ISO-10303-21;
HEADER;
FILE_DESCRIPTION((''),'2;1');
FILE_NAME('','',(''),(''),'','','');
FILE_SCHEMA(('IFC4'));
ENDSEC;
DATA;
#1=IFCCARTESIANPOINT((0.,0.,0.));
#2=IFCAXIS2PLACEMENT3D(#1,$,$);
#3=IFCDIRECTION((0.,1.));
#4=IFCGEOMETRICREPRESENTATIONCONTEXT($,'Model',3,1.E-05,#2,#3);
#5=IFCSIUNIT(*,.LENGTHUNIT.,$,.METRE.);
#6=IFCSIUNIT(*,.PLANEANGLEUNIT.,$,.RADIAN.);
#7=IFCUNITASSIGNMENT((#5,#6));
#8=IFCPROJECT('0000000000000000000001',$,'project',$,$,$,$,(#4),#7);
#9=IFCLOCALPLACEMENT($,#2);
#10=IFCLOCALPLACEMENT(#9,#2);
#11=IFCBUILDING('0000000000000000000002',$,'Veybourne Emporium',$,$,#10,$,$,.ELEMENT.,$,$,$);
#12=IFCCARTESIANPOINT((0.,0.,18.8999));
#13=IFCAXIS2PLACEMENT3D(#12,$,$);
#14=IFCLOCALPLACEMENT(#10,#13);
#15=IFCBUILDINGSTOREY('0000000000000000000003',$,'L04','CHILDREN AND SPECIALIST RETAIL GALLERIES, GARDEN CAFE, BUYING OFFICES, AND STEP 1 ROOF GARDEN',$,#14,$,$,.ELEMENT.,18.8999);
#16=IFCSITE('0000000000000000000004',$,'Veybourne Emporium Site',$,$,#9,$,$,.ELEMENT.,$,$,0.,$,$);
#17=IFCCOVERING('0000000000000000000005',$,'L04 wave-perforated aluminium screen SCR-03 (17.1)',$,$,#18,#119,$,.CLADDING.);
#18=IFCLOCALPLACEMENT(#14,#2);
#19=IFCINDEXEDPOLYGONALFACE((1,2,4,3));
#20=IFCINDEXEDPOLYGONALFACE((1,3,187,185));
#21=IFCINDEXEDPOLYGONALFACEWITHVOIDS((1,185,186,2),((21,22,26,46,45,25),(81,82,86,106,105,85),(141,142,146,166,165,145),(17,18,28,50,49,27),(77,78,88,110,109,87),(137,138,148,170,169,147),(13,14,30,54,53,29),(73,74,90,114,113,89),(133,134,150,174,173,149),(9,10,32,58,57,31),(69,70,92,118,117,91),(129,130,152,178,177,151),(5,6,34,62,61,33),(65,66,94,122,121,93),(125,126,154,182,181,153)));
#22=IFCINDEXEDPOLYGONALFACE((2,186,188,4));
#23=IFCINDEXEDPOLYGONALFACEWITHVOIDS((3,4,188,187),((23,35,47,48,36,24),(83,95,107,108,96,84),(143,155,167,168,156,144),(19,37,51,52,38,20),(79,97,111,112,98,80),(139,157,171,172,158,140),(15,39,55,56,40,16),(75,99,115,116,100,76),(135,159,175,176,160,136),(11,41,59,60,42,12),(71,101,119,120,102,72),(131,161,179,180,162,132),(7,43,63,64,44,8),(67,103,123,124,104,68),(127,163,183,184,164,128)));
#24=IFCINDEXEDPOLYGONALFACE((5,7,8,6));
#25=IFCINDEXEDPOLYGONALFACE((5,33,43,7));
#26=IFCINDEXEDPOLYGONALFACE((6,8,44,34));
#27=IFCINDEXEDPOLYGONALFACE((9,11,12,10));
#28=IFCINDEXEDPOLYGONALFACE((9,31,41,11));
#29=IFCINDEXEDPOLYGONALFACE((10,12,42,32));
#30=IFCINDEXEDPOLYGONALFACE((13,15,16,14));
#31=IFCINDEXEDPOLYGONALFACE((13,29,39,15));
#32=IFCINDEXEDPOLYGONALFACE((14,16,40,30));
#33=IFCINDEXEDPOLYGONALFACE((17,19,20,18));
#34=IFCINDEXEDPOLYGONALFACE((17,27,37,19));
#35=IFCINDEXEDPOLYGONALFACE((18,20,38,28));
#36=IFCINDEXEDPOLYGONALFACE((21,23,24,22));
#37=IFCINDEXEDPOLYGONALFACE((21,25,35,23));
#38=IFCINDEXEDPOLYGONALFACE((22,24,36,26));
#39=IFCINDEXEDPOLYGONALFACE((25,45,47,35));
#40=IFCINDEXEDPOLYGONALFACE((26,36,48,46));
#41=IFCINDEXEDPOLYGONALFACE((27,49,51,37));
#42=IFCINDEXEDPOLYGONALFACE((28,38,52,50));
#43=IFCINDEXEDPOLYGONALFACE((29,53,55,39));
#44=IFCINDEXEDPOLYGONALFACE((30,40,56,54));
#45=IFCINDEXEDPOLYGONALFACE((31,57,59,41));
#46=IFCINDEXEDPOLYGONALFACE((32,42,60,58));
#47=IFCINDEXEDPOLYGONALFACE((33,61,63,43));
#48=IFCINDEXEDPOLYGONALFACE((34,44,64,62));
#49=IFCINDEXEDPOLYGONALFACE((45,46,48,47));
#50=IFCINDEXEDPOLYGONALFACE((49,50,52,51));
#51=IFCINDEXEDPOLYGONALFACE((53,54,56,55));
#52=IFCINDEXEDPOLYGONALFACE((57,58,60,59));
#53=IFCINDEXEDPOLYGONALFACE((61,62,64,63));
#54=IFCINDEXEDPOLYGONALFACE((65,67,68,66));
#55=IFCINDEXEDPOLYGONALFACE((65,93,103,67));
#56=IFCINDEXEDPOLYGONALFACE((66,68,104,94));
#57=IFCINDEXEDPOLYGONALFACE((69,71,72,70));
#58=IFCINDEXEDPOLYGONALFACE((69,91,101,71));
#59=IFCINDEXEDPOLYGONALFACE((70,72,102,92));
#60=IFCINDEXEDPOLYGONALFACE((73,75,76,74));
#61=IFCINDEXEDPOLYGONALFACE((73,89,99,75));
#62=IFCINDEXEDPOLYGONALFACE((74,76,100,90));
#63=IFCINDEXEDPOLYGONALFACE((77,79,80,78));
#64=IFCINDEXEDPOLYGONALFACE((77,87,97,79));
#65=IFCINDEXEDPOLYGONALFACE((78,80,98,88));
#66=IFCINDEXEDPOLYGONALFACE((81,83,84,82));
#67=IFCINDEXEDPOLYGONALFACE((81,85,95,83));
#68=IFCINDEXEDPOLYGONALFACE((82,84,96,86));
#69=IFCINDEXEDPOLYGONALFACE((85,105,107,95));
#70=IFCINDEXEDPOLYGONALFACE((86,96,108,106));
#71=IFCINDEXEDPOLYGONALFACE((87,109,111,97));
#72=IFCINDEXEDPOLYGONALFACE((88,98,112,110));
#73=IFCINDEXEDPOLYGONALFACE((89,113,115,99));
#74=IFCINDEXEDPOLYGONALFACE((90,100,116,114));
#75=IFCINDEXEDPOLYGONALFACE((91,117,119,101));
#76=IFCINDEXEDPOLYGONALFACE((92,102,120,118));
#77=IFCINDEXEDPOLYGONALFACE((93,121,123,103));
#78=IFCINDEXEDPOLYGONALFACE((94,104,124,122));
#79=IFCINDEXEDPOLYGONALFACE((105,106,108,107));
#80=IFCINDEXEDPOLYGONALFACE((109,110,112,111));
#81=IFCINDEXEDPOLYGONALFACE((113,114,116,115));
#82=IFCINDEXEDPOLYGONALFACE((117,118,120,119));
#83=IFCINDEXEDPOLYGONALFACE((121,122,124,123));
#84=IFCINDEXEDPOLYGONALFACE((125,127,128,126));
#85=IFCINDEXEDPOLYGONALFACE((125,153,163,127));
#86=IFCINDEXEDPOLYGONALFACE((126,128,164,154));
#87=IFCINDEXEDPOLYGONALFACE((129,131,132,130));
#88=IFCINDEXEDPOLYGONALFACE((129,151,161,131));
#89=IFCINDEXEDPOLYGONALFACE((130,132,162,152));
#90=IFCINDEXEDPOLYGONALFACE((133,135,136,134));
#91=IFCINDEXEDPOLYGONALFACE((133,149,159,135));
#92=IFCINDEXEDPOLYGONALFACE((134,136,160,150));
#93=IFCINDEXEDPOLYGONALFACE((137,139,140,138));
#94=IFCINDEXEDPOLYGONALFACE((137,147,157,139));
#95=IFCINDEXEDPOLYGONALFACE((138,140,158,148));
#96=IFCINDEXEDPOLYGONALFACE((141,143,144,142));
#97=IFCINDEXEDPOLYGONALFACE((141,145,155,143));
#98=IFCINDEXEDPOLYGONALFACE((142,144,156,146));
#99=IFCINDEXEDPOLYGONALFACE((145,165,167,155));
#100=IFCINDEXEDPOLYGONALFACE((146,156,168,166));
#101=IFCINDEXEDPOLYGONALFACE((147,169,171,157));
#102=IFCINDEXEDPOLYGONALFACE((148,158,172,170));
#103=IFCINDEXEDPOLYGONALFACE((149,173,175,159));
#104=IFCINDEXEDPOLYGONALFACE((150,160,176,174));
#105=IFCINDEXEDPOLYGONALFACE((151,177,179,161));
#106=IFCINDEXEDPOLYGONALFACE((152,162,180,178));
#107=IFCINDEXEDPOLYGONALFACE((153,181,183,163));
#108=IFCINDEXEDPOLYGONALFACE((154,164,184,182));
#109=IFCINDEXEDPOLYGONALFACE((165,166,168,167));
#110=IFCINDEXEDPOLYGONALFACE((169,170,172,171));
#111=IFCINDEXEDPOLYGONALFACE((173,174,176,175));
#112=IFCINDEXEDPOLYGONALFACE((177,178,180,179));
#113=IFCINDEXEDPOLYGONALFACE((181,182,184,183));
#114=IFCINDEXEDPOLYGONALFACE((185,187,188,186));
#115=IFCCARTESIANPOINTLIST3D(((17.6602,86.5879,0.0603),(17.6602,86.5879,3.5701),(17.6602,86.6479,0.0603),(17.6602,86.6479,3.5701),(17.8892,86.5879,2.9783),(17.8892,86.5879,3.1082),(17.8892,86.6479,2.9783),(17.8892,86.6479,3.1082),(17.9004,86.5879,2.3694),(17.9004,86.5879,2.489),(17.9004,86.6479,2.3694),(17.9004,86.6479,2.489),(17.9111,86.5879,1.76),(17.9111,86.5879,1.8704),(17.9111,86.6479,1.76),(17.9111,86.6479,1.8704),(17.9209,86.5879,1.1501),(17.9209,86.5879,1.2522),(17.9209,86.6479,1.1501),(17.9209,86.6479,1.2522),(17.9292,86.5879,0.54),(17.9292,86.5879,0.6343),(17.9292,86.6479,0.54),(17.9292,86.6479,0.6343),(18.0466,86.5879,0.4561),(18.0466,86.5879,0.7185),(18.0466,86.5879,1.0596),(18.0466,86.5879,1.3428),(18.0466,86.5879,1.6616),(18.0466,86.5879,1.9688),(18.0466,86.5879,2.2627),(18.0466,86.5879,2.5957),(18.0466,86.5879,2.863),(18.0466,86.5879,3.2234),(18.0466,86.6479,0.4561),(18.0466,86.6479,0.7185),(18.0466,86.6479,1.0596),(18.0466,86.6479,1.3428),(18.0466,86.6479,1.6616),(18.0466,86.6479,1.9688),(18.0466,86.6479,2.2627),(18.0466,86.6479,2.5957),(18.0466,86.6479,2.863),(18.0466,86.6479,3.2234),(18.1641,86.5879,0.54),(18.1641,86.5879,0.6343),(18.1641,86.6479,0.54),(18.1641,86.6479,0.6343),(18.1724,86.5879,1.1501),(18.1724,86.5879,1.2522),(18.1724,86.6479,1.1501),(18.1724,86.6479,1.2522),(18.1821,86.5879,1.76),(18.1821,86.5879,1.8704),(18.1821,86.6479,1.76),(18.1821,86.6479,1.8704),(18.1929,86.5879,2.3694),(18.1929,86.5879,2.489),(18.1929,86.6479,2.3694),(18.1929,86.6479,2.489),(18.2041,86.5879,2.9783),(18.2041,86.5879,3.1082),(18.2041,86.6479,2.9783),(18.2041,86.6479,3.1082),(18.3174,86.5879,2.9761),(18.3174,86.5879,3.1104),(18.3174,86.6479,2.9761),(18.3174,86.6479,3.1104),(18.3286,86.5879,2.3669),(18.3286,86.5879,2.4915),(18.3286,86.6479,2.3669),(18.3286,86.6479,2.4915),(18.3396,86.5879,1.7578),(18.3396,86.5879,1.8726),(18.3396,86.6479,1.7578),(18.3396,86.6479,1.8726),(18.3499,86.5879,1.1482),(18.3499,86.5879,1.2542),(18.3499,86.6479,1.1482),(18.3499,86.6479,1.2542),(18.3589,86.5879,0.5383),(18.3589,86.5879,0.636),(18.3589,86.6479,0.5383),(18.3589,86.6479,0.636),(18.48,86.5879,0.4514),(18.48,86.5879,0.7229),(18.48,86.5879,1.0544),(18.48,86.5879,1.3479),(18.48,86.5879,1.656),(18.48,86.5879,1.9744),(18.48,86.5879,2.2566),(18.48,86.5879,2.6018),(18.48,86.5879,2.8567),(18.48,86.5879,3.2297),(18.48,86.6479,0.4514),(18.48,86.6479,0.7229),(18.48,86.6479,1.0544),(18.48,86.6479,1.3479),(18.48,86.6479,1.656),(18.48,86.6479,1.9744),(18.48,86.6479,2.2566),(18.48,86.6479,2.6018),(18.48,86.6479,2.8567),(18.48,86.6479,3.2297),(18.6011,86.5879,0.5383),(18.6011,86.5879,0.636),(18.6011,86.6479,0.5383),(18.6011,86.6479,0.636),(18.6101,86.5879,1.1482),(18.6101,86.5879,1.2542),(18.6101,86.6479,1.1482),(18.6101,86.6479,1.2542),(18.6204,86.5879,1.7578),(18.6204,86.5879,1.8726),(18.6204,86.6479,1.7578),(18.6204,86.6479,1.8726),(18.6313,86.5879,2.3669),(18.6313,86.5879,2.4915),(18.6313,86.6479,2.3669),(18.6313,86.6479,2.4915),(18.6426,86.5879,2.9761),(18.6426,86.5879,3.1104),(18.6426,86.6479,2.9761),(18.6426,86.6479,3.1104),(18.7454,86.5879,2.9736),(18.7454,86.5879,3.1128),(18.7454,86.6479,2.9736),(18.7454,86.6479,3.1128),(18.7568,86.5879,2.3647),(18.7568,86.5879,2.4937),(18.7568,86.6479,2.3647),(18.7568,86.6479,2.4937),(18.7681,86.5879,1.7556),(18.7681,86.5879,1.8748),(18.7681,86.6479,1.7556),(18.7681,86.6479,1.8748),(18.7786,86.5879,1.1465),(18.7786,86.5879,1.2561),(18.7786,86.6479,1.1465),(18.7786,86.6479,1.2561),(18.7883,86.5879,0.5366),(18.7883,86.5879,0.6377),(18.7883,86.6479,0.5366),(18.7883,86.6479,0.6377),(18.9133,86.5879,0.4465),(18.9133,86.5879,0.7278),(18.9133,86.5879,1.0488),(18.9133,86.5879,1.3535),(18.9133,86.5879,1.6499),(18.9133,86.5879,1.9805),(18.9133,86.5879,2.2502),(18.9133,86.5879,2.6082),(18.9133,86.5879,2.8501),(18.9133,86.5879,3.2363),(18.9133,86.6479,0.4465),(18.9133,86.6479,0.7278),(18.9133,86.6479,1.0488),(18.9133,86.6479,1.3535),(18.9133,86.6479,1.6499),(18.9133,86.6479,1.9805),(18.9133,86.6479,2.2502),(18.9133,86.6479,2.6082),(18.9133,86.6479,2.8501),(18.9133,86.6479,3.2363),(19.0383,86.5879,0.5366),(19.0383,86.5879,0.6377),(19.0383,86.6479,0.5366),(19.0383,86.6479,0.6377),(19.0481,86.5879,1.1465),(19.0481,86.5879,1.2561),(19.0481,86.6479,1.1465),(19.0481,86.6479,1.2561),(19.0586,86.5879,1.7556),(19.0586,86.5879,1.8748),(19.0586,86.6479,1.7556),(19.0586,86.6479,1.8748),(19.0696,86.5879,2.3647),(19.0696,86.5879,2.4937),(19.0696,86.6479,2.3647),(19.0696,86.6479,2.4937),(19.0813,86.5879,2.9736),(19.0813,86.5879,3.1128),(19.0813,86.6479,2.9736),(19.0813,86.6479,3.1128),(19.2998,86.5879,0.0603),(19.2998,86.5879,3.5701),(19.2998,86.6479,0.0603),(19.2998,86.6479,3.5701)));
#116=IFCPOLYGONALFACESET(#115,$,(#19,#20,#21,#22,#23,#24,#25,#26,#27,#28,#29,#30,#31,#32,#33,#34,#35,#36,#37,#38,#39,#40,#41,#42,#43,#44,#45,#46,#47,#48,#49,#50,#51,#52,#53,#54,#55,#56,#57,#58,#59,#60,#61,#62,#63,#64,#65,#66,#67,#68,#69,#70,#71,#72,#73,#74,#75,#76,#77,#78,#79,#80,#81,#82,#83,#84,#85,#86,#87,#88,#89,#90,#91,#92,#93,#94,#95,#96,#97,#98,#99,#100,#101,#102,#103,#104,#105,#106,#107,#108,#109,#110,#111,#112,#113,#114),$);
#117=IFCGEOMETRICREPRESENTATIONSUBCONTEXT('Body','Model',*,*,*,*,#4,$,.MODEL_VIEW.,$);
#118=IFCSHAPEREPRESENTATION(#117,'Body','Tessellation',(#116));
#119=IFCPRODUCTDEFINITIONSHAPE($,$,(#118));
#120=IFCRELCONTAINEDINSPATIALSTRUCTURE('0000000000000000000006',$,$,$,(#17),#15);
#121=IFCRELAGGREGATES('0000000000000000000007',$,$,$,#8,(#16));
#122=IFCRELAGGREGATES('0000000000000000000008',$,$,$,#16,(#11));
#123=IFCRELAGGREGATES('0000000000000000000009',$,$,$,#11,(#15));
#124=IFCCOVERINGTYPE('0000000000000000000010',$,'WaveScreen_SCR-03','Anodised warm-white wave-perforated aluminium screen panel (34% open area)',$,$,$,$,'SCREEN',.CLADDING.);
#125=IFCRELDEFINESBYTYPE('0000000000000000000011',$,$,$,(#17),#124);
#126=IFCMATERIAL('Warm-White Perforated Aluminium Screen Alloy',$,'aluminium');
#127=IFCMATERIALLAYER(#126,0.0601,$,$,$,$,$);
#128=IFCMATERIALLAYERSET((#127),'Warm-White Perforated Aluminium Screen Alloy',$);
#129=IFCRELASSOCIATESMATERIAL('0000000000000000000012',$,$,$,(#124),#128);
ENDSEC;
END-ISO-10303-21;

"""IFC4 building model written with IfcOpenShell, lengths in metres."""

from ifc_helpers import new_model, si_unit, direction, frame, origin, place, context, subcontext, project, spatial, polyline, outline, extrude, material, layer, layer_set, type_object, element, save


model = new_model("IFC4")

# Units and contexts
model_context = context("Model", 3, precision=1e-05, world=origin(), true_north=direction((0.0, 1.0)))
body_context = subcontext(model_context, "Body", "Model", "MODEL_VIEW")
ifc_project = project(units=[si_unit("LENGTHUNIT", "METRE"), si_unit("PLANEANGLEUNIT", "RADIAN")], contexts=[model_context])

# Site, building, storey
site_placement = place(None, origin())
site = spatial("IfcSite", under=ifc_project, at=site_placement, Name="Veybourne Emporium Site", CompositionType="ELEMENT", RefElevation=0.0)
building_placement = place(site_placement, origin())
building = spatial("IfcBuilding", under=site, at=building_placement, Name="Veybourne Emporium", CompositionType="ELEMENT")
storey_placement = place(building_placement, frame((0.0, 0.0, 18.8999)))
storey = spatial("IfcBuildingStorey", under=building, at=storey_placement, Name="L04", Description="CHILDREN AND SPECIALIST RETAIL GALLERIES, GARDEN CAFE, BUYING OFFICES, AND STEP 1 ROOF GARDEN", CompositionType="ELEMENT", Elevation=18.8999)

# Covering
ifc_material_1 = material(Name="Warm-White Perforated Aluminium Screen Alloy", Category="aluminium")
ifc_layer_1 = layer(ifc_material_1, 0.0601)
ifc_layer_set_1 = layer_set([ifc_layer_1], Name="Warm-White Perforated Aluminium Screen Alloy")
covering_type_1 = type_object("IfcCoveringType", Name="WaveScreen_SCR-03", Description="Anodised warm-white wave-perforated aluminium screen panel (34% open area)", ElementType="SCREEN", PredefinedType="CLADDING", material=ifc_layer_set_1)
covering_1_placement = place(storey_placement, frame((18.48, 86.6479, 1.8152), z_axis=(0.0, -1.0, 0.0), x_axis=(1.0, 0.0, 0.0)))
element("IfcCovering", 1, at=covering_1_placement, inside=storey, type_object=covering_type_1, Name="L04 wave-perforated aluminium screen SCR-03 (17.1)", PredefinedType="CLADDING", context=body_context, shape_type="SweptSolid", body=[
    extrude(outline(polyline([(-0.8198, -1.7549), (0.8198, -1.7549), (0.8198, 1.7549), (-0.8198, 1.7549), (-0.8198, -1.7549)]), holes=[polyline([(-0.4333, -1.0967), (-0.3159, -1.1809), (-0.3159, -1.2751), (-0.4333, -1.3591), (-0.5508, -1.2751), (-0.5508, -1.1809), (-0.4333, -1.0967)]), polyline([(-0.4333, -0.4724), (-0.3076, -0.563), (-0.3076, -0.665), (-0.4333, -0.7556), (-0.5591, -0.665), (-0.5591, -0.563), (-0.4333, -0.4724)]), polyline([(-0.4333, 0.1536), (-0.2979, 0.0552), (-0.2979, -0.0552), (-0.4333, -0.1536), (-0.5688, -0.0552), (-0.5688, 0.0552), (-0.4333, 0.1536)]), polyline([(-0.4333, 0.7805), (-0.2871, 0.6738), (-0.2871, 0.5542), (-0.4333, 0.4475), (-0.5796, 0.5542), (-0.5796, 0.6738), (-0.4333, 0.7805)]), polyline([(-0.4333, 1.4082), (-0.2759, 1.293), (-0.2759, 1.1631), (-0.4333, 1.0479), (-0.5908, 1.1631), (-0.5908, 1.293), (-0.4333, 1.4082)]), polyline([(0.0, -1.0923), (0.1211, -1.1792), (0.1211, -1.2769), (0.0, -1.3638), (-0.1211, -1.2769), (-0.1211, -1.1792), (0.0, -1.0923)]), polyline([(0.0, -0.4673), (0.1301, -0.561), (0.1301, -0.667), (0.0, -0.7607), (-0.1301, -0.667), (-0.1301, -0.561), (0.0, -0.4673)]), polyline([(0.0, 0.1592), (0.1404, 0.0574), (0.1404, -0.0574), (0.0, -0.1592), (-0.1404, -0.0574), (-0.1404, 0.0574), (0.0, 0.1592)]), polyline([(0.0, 0.7866), (0.1514, 0.6763), (0.1514, 0.5518), (0.0, 0.4414), (-0.1514, 0.5518), (-0.1514, 0.6763), (0.0, 0.7866)]), polyline([(0.0, 1.4146), (0.1626, 1.2952), (0.1626, 1.1609), (0.0, 1.0415), (-0.1626, 1.1609), (-0.1626, 1.2952), (0.0, 1.4146)]), polyline([(0.4333, -1.0874), (0.5583, -1.1775), (0.5583, -1.2786), (0.4333, -1.3687), (0.3083, -1.2786), (0.3083, -1.1775), (0.4333, -1.0874)]), polyline([(0.4333, -0.4617), (0.5681, -0.5591), (0.5681, -0.6687), (0.4333, -0.7664), (0.2986, -0.6687), (0.2986, -0.5591), (0.4333, -0.4617)]), polyline([(0.4333, 0.1653), (0.5786, 0.0596), (0.5786, -0.0596), (0.4333, -0.1653), (0.2881, -0.0596), (0.2881, 0.0596), (0.4333, 0.1653)]), polyline([(0.4333, 0.793), (0.5896, 0.6785), (0.5896, 0.5496), (0.4333, 0.4351), (0.2769, 0.5496), (0.2769, 0.6785), (0.4333, 0.793)]), polyline([(0.4333, 1.4211), (0.6013, 1.2976), (0.6013, 1.1584), (0.4333, 1.0349), (0.2654, 1.1584), (0.2654, 1.2976), (0.4333, 1.4211)])]), origin(), (0.0, 0.0, 1.0), 0.0601),
])

save(model, "model.ifc")
